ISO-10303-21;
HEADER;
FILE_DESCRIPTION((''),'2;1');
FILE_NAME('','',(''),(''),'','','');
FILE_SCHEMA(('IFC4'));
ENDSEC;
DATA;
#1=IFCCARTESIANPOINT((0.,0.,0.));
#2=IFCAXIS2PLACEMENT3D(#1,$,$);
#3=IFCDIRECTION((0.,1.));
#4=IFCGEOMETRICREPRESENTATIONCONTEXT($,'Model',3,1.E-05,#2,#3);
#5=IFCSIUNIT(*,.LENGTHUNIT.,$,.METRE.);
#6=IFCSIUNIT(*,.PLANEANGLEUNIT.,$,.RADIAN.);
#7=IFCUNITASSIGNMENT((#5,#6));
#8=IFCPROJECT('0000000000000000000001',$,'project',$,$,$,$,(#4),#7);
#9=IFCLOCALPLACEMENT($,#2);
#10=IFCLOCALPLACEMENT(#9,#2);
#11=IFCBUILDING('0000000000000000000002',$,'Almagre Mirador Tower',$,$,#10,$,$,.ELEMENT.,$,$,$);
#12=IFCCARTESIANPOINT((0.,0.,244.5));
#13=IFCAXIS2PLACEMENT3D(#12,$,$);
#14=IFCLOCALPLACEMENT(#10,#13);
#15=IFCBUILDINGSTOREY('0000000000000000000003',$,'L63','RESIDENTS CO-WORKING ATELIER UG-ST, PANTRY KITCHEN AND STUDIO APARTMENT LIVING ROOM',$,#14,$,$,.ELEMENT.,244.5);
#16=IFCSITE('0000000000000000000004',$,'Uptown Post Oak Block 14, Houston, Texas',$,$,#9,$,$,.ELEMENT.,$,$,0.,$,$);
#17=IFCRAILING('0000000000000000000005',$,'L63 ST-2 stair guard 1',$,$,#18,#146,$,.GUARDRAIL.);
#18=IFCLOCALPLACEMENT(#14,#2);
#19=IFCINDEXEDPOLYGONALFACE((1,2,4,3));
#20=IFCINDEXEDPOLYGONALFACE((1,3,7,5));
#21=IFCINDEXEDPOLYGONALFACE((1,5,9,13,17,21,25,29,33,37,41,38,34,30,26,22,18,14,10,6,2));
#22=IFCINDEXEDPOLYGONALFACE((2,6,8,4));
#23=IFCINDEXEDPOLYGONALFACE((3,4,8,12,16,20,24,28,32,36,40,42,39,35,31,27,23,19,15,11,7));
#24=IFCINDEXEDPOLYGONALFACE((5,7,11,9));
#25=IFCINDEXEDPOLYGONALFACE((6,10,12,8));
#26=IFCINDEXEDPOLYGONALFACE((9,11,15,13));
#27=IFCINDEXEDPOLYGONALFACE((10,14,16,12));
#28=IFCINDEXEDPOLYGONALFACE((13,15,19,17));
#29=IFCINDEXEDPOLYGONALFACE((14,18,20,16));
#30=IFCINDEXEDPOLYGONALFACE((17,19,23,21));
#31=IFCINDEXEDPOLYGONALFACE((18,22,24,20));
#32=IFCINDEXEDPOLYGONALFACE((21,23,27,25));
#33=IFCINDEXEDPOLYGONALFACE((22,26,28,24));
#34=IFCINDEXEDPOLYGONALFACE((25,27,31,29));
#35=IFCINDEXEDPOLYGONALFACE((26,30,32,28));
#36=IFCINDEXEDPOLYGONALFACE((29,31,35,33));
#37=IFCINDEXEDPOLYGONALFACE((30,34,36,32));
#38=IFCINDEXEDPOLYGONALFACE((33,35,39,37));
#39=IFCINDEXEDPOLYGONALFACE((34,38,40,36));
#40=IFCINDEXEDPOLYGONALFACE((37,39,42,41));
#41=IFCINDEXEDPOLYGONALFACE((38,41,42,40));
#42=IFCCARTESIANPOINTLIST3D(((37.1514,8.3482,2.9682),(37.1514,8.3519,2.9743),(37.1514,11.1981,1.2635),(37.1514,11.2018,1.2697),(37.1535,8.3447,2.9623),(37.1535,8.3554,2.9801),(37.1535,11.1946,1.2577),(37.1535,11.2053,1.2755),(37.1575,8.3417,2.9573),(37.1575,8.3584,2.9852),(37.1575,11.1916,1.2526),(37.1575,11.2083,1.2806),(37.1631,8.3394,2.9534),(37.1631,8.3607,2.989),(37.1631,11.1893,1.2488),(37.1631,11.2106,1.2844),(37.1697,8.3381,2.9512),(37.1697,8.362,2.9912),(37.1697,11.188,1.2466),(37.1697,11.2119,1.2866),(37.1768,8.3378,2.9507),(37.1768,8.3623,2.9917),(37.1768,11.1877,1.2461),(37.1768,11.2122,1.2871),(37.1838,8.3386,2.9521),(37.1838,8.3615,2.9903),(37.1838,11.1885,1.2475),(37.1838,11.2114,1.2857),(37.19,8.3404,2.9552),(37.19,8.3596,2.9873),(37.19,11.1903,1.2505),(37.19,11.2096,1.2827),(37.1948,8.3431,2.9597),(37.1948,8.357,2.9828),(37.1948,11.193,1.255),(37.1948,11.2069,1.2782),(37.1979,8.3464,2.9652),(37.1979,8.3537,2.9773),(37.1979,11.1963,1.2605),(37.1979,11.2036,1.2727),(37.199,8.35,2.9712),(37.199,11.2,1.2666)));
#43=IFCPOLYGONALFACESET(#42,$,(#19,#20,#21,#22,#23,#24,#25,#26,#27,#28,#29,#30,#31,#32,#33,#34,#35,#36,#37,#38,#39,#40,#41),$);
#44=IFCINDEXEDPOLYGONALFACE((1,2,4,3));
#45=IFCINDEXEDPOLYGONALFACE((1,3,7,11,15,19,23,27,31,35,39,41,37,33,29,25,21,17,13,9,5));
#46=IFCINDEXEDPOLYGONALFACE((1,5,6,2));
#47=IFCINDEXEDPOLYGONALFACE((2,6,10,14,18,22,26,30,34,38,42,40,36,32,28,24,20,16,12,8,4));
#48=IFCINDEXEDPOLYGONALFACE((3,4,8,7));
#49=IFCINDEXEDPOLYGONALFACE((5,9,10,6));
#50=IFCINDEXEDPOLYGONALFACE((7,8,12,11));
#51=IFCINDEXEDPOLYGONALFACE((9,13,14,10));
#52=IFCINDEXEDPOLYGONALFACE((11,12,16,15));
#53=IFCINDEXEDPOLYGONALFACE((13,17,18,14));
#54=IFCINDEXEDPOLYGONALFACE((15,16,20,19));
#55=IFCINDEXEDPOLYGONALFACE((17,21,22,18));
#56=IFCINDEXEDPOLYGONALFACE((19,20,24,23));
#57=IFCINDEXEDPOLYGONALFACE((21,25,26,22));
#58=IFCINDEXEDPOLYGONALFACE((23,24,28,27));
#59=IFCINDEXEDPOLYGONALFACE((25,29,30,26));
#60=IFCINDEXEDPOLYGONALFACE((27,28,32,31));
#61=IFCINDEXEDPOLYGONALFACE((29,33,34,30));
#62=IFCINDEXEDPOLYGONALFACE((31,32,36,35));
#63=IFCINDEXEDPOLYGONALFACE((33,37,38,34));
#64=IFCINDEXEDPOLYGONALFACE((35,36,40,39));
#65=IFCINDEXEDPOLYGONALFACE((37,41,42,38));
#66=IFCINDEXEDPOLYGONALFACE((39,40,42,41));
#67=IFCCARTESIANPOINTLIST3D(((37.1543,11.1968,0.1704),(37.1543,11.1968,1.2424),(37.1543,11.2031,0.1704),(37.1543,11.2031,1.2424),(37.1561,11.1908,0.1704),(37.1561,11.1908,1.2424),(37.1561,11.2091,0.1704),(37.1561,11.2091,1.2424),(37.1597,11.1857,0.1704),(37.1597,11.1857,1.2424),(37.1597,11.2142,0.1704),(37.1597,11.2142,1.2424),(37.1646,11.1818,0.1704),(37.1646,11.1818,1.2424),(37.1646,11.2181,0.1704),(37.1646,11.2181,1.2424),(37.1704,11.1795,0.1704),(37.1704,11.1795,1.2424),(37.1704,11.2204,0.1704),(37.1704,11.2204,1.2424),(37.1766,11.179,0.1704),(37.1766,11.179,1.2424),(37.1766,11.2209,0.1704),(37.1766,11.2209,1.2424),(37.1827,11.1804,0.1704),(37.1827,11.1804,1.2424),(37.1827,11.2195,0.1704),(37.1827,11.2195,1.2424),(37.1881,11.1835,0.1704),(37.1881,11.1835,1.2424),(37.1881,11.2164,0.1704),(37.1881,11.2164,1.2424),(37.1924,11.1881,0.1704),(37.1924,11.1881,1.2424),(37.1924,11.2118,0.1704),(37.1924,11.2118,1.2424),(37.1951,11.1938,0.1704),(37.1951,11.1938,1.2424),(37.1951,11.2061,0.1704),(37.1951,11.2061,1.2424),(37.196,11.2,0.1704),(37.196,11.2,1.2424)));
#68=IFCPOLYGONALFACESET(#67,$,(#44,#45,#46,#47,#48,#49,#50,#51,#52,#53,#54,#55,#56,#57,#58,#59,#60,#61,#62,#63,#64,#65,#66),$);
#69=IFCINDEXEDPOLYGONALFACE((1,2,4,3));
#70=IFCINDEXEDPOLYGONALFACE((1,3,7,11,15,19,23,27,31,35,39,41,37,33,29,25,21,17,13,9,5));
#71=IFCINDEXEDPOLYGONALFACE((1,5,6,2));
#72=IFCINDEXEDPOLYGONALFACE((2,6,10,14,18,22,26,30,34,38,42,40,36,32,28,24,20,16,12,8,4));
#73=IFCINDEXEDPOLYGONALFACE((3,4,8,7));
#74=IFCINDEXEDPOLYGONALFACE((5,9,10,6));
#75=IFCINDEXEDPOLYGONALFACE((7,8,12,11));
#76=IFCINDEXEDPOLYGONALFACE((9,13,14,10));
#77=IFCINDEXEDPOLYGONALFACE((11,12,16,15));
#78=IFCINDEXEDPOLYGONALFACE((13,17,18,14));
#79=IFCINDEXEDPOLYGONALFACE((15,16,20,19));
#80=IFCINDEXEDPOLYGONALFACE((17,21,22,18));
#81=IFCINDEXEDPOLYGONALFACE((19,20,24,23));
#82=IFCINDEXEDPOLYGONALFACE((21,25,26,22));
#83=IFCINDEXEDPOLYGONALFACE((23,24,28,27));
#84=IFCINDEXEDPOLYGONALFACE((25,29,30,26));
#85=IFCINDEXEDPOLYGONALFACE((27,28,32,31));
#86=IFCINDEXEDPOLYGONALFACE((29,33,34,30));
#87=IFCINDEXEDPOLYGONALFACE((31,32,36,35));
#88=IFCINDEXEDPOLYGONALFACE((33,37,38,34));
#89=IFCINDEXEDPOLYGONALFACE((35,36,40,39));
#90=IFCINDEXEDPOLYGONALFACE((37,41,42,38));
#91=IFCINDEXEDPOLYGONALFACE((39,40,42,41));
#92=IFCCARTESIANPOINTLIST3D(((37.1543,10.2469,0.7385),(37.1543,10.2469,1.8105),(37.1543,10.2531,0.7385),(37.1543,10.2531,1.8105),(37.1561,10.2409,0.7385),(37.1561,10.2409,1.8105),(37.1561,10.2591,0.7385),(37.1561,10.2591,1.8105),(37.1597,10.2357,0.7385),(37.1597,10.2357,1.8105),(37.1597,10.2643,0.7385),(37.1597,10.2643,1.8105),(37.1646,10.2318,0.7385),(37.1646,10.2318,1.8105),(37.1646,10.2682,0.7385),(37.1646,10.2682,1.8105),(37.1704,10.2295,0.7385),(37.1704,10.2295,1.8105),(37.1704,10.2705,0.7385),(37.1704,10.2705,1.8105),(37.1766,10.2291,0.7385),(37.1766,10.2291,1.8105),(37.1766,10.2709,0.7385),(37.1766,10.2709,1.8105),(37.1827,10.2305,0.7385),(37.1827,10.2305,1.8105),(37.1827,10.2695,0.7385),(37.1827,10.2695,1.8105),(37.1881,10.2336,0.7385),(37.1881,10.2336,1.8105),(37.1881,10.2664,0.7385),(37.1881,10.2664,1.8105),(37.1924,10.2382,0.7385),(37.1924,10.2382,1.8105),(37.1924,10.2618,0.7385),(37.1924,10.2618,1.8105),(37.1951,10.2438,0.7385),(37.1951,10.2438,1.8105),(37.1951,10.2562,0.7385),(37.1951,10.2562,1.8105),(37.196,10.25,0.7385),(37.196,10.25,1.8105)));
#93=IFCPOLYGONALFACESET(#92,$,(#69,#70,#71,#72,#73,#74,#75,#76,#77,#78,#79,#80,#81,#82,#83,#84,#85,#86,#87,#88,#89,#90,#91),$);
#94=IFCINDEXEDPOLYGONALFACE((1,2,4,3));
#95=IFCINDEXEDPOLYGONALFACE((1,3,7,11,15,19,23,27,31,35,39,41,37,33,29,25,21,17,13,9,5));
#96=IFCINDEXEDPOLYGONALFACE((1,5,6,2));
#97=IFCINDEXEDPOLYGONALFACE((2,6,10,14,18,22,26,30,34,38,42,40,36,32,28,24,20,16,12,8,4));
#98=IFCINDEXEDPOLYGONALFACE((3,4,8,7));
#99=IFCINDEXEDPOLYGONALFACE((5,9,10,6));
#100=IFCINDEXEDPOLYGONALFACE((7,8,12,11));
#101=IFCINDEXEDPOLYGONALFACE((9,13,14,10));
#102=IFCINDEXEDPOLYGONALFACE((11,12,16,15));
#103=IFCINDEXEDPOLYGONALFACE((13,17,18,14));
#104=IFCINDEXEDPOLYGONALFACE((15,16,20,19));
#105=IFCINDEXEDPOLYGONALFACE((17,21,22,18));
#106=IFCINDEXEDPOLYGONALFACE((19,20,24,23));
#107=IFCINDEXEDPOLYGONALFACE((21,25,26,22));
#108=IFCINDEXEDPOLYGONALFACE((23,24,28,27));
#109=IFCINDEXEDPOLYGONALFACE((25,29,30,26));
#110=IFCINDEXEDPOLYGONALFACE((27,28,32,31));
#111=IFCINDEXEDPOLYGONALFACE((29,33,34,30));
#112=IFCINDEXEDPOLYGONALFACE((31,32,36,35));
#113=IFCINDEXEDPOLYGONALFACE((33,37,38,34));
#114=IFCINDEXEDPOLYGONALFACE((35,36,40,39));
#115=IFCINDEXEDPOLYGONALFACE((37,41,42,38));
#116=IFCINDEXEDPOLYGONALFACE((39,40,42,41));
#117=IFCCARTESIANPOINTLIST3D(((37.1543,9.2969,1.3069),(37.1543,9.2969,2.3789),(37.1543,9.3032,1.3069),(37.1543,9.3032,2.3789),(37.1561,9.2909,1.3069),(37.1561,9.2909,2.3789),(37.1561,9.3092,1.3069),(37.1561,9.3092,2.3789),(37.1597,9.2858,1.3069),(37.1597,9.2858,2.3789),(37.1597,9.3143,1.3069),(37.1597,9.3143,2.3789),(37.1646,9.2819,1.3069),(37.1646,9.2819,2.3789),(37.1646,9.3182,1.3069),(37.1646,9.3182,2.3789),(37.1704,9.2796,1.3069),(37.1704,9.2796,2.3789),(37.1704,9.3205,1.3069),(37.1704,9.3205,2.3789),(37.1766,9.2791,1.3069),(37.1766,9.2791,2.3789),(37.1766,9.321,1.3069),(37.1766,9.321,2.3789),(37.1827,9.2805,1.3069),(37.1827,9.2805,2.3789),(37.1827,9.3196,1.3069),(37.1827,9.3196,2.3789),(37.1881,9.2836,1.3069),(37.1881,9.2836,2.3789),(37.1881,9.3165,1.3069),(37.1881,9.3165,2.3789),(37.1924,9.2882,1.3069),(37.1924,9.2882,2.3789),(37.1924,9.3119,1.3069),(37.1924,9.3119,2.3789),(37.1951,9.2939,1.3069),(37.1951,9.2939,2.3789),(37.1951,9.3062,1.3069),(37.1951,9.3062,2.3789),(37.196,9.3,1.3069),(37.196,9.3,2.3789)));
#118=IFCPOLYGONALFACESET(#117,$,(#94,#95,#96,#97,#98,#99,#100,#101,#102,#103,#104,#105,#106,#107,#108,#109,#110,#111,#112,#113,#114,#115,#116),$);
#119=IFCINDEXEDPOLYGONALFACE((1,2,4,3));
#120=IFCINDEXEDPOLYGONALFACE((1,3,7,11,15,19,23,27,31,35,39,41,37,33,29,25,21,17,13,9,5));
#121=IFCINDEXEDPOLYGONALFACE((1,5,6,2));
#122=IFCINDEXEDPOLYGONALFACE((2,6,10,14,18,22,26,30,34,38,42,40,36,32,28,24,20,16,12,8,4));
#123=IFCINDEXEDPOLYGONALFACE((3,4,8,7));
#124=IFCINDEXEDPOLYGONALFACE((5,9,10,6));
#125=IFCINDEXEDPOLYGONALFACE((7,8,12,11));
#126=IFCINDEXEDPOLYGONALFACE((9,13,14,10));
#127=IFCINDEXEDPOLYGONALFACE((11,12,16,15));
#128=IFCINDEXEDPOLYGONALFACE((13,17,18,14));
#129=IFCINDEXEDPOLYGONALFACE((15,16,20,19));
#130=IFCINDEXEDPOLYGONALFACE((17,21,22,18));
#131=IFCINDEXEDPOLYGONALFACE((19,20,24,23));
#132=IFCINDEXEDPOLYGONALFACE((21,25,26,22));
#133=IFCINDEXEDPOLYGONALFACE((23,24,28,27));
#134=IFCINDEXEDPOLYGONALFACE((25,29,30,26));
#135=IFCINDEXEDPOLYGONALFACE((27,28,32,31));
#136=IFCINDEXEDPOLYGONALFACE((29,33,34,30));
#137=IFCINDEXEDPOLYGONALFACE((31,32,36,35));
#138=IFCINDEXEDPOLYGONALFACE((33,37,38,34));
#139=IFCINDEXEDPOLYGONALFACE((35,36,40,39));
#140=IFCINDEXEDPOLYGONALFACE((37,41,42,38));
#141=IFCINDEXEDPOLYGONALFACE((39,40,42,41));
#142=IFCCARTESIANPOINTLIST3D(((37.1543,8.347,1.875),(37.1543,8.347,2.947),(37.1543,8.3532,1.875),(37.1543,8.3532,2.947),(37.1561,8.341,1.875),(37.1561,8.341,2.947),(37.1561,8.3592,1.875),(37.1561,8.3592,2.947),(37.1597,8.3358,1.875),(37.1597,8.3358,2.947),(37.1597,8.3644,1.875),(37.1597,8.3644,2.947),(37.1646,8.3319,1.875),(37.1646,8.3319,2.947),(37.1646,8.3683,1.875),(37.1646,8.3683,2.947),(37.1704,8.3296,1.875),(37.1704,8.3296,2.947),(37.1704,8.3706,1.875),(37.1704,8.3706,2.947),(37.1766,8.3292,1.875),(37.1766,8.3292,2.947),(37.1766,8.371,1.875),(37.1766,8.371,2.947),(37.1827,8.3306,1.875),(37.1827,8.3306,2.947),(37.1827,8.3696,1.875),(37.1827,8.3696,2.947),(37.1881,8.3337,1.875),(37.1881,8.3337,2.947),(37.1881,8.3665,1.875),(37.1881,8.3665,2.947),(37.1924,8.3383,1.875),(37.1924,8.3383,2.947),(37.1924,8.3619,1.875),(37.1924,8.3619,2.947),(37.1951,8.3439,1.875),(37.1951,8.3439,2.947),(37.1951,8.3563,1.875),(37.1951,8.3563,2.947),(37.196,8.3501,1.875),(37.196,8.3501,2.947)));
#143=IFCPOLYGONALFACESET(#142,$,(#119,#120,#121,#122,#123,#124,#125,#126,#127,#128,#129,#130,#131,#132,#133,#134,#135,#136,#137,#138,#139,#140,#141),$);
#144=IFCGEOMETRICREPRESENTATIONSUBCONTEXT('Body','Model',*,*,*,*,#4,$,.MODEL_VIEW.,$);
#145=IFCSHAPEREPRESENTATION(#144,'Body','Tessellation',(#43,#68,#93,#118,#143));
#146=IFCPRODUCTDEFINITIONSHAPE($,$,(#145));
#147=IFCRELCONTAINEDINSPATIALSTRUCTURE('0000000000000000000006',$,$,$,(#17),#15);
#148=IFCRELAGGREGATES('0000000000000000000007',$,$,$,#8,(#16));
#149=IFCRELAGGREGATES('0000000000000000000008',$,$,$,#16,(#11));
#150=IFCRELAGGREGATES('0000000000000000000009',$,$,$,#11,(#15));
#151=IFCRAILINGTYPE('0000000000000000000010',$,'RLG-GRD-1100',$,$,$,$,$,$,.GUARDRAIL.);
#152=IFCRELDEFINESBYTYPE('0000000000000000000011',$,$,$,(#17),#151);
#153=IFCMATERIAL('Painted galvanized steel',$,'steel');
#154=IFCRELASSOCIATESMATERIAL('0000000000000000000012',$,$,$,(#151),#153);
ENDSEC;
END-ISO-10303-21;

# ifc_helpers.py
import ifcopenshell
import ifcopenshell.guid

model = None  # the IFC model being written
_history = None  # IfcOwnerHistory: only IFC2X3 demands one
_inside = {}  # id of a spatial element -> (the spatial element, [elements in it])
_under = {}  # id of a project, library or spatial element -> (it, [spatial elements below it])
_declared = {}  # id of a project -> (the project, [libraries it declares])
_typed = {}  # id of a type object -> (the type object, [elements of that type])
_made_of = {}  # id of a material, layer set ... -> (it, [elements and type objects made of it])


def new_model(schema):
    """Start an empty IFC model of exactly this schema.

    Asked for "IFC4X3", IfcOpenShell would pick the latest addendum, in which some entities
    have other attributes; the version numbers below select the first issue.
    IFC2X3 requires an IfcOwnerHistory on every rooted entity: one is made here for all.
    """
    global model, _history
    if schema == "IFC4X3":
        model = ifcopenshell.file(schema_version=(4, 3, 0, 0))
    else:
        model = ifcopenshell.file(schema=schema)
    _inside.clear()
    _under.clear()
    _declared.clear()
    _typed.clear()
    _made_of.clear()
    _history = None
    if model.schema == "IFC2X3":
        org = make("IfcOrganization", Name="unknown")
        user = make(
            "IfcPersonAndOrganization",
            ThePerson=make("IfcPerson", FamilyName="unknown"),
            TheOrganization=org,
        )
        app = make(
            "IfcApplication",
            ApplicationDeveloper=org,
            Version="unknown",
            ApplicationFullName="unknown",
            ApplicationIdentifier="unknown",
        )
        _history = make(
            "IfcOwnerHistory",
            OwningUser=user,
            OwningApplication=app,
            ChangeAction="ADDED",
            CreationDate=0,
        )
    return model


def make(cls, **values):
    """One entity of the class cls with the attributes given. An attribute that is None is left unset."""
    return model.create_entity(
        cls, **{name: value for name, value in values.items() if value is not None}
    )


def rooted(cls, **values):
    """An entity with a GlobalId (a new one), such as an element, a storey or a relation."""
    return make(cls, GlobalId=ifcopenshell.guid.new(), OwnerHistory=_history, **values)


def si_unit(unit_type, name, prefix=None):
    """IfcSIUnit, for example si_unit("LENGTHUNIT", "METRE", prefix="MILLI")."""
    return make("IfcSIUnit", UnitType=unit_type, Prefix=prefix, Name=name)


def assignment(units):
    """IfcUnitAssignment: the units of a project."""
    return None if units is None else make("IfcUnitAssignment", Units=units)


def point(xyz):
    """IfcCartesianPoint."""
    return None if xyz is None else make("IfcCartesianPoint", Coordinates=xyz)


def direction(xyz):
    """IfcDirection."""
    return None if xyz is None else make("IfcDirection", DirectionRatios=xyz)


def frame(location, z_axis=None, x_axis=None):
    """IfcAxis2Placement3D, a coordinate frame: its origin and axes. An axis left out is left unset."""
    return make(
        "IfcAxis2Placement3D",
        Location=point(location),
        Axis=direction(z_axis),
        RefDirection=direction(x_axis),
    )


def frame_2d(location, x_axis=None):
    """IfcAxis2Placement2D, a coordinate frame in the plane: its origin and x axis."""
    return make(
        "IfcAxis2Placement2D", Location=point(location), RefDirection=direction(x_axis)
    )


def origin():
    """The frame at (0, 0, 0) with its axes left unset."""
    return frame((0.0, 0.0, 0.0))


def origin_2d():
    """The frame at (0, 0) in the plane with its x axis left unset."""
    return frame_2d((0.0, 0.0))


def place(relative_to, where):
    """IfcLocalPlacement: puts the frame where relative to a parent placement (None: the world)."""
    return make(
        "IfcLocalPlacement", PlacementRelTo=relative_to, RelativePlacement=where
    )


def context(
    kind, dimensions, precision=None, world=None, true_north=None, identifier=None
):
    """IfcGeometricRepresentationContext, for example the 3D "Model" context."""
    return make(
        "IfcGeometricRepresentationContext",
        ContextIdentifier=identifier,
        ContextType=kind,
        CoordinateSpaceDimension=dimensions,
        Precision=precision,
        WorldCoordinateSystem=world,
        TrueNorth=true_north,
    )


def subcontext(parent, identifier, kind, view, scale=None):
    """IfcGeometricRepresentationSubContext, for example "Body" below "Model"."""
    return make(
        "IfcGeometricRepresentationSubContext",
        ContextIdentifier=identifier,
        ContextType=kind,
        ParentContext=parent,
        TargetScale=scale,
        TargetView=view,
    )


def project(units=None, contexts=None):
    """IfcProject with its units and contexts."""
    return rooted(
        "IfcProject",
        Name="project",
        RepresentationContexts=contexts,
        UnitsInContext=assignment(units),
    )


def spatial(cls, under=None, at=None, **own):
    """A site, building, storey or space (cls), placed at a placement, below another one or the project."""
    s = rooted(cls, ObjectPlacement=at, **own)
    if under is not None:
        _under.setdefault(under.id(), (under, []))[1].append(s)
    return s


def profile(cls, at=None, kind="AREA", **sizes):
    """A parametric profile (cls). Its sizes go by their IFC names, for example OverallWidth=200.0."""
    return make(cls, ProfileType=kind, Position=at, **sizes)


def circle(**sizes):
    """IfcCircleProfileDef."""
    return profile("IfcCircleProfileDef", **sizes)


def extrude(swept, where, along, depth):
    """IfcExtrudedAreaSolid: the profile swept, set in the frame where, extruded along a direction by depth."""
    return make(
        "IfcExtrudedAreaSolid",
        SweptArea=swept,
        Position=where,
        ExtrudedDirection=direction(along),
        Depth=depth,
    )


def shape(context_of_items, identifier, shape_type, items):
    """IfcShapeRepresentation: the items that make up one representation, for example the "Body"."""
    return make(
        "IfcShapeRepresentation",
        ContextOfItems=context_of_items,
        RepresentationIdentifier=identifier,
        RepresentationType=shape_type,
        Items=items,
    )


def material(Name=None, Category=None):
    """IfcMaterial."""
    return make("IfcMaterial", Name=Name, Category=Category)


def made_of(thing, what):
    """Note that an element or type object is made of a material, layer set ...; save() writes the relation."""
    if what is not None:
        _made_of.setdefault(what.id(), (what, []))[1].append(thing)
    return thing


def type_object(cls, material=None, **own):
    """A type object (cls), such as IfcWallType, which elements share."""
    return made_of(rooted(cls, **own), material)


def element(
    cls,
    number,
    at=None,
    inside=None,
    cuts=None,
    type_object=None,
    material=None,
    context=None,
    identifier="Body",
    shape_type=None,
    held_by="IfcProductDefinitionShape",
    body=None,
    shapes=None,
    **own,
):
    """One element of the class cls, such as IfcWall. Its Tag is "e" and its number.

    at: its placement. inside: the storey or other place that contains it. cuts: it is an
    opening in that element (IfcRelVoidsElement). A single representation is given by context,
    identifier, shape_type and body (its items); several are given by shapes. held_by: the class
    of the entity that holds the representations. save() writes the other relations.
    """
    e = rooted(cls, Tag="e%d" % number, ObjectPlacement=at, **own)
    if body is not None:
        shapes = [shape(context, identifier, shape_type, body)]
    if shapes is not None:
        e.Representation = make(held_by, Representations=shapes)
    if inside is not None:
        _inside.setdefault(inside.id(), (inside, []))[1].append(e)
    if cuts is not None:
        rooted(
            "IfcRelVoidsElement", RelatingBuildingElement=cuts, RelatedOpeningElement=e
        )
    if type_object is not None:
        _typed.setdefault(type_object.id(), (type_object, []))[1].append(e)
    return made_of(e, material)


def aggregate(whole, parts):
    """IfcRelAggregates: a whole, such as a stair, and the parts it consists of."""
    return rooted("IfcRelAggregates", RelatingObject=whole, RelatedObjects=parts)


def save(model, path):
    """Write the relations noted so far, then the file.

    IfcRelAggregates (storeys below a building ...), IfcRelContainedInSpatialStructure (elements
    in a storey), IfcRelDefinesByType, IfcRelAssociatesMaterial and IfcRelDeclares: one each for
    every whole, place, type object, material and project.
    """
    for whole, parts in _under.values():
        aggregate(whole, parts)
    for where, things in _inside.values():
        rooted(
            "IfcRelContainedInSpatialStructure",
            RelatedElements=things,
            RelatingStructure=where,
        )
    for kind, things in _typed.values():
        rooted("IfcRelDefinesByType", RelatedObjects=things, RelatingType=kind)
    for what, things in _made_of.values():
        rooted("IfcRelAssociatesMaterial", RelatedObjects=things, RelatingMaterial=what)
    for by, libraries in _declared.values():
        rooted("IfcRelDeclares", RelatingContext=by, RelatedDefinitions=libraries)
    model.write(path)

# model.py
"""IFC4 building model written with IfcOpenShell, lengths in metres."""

from ifc_helpers import new_model, si_unit, direction, frame, origin, origin_2d, place, context, subcontext, project, spatial, circle, extrude, material, type_object, element, save


model = new_model("IFC4")

# Units and contexts
model_context = context("Model", 3, precision=1e-05, world=origin(), true_north=direction((0.0, 1.0)))
body_context = subcontext(model_context, "Body", "Model", "MODEL_VIEW")
ifc_project = project(units=[si_unit("LENGTHUNIT", "METRE"), si_unit("PLANEANGLEUNIT", "RADIAN")], contexts=[model_context])

# Site, building, storey
site_placement = place(None, origin())
site = spatial("IfcSite", under=ifc_project, at=site_placement, Name="Uptown Post Oak Block 14, Houston, Texas", CompositionType="ELEMENT", RefElevation=0.0)
building_placement = place(site_placement, origin())
building = spatial("IfcBuilding", under=site, at=building_placement, Name="Almagre Mirador Tower", CompositionType="ELEMENT")
storey_placement = place(building_placement, frame((0.0, 0.0, 244.5)))
storey = spatial("IfcBuildingStorey", under=building, at=storey_placement, Name="L63", Description="RESIDENTS CO-WORKING ATELIER UG-ST, PANTRY KITCHEN AND STUDIO APARTMENT LIVING ROOM", CompositionType="ELEMENT", Elevation=244.5)

# Railing
ifc_material_1 = material(Name="Painted galvanized steel", Category="steel")
railing_type_1 = type_object("IfcRailingType", Name="RLG-GRD-1100", PredefinedType="GUARDRAIL", material=ifc_material_1)
railing_1_placement = place(storey_placement, frame((37.175, 11.2, 0.1704)))
element("IfcRailing", 1, at=railing_1_placement, inside=storey, type_object=railing_type_1, Name="L63 ST-2 stair guard 1", PredefinedType="GUARDRAIL", context=body_context, shape_type="SweptSolid", body=[
    extrude(circle(Radius=0.0239, at=origin_2d()), frame((0.0, 0.0, 1.0962), z_axis=(0.0, -0.858199, 0.513317), x_axis=(1.0, 0.0, 0.0)), (0.0, 0.0, 1.0), 3.3208),
    extrude(circle(Radius=0.021, at=origin_2d()), origin(), (0.0, 0.0, 1.0), 1.072),
    extrude(circle(Radius=0.021, at=origin_2d()), frame((0.0, -0.95, 0.5681)), (0.0, 0.0, 1.0), 1.072),
    extrude(circle(Radius=0.021, at=origin_2d()), frame((0.0, -1.8999, 1.1365)), (0.0, 0.0, 1.0), 1.072),
    extrude(circle(Radius=0.021, at=origin_2d()), frame((0.0, -2.8499, 1.7046)), (0.0, 0.0, 1.0), 1.072),
])

save(model, "model.ifc")
